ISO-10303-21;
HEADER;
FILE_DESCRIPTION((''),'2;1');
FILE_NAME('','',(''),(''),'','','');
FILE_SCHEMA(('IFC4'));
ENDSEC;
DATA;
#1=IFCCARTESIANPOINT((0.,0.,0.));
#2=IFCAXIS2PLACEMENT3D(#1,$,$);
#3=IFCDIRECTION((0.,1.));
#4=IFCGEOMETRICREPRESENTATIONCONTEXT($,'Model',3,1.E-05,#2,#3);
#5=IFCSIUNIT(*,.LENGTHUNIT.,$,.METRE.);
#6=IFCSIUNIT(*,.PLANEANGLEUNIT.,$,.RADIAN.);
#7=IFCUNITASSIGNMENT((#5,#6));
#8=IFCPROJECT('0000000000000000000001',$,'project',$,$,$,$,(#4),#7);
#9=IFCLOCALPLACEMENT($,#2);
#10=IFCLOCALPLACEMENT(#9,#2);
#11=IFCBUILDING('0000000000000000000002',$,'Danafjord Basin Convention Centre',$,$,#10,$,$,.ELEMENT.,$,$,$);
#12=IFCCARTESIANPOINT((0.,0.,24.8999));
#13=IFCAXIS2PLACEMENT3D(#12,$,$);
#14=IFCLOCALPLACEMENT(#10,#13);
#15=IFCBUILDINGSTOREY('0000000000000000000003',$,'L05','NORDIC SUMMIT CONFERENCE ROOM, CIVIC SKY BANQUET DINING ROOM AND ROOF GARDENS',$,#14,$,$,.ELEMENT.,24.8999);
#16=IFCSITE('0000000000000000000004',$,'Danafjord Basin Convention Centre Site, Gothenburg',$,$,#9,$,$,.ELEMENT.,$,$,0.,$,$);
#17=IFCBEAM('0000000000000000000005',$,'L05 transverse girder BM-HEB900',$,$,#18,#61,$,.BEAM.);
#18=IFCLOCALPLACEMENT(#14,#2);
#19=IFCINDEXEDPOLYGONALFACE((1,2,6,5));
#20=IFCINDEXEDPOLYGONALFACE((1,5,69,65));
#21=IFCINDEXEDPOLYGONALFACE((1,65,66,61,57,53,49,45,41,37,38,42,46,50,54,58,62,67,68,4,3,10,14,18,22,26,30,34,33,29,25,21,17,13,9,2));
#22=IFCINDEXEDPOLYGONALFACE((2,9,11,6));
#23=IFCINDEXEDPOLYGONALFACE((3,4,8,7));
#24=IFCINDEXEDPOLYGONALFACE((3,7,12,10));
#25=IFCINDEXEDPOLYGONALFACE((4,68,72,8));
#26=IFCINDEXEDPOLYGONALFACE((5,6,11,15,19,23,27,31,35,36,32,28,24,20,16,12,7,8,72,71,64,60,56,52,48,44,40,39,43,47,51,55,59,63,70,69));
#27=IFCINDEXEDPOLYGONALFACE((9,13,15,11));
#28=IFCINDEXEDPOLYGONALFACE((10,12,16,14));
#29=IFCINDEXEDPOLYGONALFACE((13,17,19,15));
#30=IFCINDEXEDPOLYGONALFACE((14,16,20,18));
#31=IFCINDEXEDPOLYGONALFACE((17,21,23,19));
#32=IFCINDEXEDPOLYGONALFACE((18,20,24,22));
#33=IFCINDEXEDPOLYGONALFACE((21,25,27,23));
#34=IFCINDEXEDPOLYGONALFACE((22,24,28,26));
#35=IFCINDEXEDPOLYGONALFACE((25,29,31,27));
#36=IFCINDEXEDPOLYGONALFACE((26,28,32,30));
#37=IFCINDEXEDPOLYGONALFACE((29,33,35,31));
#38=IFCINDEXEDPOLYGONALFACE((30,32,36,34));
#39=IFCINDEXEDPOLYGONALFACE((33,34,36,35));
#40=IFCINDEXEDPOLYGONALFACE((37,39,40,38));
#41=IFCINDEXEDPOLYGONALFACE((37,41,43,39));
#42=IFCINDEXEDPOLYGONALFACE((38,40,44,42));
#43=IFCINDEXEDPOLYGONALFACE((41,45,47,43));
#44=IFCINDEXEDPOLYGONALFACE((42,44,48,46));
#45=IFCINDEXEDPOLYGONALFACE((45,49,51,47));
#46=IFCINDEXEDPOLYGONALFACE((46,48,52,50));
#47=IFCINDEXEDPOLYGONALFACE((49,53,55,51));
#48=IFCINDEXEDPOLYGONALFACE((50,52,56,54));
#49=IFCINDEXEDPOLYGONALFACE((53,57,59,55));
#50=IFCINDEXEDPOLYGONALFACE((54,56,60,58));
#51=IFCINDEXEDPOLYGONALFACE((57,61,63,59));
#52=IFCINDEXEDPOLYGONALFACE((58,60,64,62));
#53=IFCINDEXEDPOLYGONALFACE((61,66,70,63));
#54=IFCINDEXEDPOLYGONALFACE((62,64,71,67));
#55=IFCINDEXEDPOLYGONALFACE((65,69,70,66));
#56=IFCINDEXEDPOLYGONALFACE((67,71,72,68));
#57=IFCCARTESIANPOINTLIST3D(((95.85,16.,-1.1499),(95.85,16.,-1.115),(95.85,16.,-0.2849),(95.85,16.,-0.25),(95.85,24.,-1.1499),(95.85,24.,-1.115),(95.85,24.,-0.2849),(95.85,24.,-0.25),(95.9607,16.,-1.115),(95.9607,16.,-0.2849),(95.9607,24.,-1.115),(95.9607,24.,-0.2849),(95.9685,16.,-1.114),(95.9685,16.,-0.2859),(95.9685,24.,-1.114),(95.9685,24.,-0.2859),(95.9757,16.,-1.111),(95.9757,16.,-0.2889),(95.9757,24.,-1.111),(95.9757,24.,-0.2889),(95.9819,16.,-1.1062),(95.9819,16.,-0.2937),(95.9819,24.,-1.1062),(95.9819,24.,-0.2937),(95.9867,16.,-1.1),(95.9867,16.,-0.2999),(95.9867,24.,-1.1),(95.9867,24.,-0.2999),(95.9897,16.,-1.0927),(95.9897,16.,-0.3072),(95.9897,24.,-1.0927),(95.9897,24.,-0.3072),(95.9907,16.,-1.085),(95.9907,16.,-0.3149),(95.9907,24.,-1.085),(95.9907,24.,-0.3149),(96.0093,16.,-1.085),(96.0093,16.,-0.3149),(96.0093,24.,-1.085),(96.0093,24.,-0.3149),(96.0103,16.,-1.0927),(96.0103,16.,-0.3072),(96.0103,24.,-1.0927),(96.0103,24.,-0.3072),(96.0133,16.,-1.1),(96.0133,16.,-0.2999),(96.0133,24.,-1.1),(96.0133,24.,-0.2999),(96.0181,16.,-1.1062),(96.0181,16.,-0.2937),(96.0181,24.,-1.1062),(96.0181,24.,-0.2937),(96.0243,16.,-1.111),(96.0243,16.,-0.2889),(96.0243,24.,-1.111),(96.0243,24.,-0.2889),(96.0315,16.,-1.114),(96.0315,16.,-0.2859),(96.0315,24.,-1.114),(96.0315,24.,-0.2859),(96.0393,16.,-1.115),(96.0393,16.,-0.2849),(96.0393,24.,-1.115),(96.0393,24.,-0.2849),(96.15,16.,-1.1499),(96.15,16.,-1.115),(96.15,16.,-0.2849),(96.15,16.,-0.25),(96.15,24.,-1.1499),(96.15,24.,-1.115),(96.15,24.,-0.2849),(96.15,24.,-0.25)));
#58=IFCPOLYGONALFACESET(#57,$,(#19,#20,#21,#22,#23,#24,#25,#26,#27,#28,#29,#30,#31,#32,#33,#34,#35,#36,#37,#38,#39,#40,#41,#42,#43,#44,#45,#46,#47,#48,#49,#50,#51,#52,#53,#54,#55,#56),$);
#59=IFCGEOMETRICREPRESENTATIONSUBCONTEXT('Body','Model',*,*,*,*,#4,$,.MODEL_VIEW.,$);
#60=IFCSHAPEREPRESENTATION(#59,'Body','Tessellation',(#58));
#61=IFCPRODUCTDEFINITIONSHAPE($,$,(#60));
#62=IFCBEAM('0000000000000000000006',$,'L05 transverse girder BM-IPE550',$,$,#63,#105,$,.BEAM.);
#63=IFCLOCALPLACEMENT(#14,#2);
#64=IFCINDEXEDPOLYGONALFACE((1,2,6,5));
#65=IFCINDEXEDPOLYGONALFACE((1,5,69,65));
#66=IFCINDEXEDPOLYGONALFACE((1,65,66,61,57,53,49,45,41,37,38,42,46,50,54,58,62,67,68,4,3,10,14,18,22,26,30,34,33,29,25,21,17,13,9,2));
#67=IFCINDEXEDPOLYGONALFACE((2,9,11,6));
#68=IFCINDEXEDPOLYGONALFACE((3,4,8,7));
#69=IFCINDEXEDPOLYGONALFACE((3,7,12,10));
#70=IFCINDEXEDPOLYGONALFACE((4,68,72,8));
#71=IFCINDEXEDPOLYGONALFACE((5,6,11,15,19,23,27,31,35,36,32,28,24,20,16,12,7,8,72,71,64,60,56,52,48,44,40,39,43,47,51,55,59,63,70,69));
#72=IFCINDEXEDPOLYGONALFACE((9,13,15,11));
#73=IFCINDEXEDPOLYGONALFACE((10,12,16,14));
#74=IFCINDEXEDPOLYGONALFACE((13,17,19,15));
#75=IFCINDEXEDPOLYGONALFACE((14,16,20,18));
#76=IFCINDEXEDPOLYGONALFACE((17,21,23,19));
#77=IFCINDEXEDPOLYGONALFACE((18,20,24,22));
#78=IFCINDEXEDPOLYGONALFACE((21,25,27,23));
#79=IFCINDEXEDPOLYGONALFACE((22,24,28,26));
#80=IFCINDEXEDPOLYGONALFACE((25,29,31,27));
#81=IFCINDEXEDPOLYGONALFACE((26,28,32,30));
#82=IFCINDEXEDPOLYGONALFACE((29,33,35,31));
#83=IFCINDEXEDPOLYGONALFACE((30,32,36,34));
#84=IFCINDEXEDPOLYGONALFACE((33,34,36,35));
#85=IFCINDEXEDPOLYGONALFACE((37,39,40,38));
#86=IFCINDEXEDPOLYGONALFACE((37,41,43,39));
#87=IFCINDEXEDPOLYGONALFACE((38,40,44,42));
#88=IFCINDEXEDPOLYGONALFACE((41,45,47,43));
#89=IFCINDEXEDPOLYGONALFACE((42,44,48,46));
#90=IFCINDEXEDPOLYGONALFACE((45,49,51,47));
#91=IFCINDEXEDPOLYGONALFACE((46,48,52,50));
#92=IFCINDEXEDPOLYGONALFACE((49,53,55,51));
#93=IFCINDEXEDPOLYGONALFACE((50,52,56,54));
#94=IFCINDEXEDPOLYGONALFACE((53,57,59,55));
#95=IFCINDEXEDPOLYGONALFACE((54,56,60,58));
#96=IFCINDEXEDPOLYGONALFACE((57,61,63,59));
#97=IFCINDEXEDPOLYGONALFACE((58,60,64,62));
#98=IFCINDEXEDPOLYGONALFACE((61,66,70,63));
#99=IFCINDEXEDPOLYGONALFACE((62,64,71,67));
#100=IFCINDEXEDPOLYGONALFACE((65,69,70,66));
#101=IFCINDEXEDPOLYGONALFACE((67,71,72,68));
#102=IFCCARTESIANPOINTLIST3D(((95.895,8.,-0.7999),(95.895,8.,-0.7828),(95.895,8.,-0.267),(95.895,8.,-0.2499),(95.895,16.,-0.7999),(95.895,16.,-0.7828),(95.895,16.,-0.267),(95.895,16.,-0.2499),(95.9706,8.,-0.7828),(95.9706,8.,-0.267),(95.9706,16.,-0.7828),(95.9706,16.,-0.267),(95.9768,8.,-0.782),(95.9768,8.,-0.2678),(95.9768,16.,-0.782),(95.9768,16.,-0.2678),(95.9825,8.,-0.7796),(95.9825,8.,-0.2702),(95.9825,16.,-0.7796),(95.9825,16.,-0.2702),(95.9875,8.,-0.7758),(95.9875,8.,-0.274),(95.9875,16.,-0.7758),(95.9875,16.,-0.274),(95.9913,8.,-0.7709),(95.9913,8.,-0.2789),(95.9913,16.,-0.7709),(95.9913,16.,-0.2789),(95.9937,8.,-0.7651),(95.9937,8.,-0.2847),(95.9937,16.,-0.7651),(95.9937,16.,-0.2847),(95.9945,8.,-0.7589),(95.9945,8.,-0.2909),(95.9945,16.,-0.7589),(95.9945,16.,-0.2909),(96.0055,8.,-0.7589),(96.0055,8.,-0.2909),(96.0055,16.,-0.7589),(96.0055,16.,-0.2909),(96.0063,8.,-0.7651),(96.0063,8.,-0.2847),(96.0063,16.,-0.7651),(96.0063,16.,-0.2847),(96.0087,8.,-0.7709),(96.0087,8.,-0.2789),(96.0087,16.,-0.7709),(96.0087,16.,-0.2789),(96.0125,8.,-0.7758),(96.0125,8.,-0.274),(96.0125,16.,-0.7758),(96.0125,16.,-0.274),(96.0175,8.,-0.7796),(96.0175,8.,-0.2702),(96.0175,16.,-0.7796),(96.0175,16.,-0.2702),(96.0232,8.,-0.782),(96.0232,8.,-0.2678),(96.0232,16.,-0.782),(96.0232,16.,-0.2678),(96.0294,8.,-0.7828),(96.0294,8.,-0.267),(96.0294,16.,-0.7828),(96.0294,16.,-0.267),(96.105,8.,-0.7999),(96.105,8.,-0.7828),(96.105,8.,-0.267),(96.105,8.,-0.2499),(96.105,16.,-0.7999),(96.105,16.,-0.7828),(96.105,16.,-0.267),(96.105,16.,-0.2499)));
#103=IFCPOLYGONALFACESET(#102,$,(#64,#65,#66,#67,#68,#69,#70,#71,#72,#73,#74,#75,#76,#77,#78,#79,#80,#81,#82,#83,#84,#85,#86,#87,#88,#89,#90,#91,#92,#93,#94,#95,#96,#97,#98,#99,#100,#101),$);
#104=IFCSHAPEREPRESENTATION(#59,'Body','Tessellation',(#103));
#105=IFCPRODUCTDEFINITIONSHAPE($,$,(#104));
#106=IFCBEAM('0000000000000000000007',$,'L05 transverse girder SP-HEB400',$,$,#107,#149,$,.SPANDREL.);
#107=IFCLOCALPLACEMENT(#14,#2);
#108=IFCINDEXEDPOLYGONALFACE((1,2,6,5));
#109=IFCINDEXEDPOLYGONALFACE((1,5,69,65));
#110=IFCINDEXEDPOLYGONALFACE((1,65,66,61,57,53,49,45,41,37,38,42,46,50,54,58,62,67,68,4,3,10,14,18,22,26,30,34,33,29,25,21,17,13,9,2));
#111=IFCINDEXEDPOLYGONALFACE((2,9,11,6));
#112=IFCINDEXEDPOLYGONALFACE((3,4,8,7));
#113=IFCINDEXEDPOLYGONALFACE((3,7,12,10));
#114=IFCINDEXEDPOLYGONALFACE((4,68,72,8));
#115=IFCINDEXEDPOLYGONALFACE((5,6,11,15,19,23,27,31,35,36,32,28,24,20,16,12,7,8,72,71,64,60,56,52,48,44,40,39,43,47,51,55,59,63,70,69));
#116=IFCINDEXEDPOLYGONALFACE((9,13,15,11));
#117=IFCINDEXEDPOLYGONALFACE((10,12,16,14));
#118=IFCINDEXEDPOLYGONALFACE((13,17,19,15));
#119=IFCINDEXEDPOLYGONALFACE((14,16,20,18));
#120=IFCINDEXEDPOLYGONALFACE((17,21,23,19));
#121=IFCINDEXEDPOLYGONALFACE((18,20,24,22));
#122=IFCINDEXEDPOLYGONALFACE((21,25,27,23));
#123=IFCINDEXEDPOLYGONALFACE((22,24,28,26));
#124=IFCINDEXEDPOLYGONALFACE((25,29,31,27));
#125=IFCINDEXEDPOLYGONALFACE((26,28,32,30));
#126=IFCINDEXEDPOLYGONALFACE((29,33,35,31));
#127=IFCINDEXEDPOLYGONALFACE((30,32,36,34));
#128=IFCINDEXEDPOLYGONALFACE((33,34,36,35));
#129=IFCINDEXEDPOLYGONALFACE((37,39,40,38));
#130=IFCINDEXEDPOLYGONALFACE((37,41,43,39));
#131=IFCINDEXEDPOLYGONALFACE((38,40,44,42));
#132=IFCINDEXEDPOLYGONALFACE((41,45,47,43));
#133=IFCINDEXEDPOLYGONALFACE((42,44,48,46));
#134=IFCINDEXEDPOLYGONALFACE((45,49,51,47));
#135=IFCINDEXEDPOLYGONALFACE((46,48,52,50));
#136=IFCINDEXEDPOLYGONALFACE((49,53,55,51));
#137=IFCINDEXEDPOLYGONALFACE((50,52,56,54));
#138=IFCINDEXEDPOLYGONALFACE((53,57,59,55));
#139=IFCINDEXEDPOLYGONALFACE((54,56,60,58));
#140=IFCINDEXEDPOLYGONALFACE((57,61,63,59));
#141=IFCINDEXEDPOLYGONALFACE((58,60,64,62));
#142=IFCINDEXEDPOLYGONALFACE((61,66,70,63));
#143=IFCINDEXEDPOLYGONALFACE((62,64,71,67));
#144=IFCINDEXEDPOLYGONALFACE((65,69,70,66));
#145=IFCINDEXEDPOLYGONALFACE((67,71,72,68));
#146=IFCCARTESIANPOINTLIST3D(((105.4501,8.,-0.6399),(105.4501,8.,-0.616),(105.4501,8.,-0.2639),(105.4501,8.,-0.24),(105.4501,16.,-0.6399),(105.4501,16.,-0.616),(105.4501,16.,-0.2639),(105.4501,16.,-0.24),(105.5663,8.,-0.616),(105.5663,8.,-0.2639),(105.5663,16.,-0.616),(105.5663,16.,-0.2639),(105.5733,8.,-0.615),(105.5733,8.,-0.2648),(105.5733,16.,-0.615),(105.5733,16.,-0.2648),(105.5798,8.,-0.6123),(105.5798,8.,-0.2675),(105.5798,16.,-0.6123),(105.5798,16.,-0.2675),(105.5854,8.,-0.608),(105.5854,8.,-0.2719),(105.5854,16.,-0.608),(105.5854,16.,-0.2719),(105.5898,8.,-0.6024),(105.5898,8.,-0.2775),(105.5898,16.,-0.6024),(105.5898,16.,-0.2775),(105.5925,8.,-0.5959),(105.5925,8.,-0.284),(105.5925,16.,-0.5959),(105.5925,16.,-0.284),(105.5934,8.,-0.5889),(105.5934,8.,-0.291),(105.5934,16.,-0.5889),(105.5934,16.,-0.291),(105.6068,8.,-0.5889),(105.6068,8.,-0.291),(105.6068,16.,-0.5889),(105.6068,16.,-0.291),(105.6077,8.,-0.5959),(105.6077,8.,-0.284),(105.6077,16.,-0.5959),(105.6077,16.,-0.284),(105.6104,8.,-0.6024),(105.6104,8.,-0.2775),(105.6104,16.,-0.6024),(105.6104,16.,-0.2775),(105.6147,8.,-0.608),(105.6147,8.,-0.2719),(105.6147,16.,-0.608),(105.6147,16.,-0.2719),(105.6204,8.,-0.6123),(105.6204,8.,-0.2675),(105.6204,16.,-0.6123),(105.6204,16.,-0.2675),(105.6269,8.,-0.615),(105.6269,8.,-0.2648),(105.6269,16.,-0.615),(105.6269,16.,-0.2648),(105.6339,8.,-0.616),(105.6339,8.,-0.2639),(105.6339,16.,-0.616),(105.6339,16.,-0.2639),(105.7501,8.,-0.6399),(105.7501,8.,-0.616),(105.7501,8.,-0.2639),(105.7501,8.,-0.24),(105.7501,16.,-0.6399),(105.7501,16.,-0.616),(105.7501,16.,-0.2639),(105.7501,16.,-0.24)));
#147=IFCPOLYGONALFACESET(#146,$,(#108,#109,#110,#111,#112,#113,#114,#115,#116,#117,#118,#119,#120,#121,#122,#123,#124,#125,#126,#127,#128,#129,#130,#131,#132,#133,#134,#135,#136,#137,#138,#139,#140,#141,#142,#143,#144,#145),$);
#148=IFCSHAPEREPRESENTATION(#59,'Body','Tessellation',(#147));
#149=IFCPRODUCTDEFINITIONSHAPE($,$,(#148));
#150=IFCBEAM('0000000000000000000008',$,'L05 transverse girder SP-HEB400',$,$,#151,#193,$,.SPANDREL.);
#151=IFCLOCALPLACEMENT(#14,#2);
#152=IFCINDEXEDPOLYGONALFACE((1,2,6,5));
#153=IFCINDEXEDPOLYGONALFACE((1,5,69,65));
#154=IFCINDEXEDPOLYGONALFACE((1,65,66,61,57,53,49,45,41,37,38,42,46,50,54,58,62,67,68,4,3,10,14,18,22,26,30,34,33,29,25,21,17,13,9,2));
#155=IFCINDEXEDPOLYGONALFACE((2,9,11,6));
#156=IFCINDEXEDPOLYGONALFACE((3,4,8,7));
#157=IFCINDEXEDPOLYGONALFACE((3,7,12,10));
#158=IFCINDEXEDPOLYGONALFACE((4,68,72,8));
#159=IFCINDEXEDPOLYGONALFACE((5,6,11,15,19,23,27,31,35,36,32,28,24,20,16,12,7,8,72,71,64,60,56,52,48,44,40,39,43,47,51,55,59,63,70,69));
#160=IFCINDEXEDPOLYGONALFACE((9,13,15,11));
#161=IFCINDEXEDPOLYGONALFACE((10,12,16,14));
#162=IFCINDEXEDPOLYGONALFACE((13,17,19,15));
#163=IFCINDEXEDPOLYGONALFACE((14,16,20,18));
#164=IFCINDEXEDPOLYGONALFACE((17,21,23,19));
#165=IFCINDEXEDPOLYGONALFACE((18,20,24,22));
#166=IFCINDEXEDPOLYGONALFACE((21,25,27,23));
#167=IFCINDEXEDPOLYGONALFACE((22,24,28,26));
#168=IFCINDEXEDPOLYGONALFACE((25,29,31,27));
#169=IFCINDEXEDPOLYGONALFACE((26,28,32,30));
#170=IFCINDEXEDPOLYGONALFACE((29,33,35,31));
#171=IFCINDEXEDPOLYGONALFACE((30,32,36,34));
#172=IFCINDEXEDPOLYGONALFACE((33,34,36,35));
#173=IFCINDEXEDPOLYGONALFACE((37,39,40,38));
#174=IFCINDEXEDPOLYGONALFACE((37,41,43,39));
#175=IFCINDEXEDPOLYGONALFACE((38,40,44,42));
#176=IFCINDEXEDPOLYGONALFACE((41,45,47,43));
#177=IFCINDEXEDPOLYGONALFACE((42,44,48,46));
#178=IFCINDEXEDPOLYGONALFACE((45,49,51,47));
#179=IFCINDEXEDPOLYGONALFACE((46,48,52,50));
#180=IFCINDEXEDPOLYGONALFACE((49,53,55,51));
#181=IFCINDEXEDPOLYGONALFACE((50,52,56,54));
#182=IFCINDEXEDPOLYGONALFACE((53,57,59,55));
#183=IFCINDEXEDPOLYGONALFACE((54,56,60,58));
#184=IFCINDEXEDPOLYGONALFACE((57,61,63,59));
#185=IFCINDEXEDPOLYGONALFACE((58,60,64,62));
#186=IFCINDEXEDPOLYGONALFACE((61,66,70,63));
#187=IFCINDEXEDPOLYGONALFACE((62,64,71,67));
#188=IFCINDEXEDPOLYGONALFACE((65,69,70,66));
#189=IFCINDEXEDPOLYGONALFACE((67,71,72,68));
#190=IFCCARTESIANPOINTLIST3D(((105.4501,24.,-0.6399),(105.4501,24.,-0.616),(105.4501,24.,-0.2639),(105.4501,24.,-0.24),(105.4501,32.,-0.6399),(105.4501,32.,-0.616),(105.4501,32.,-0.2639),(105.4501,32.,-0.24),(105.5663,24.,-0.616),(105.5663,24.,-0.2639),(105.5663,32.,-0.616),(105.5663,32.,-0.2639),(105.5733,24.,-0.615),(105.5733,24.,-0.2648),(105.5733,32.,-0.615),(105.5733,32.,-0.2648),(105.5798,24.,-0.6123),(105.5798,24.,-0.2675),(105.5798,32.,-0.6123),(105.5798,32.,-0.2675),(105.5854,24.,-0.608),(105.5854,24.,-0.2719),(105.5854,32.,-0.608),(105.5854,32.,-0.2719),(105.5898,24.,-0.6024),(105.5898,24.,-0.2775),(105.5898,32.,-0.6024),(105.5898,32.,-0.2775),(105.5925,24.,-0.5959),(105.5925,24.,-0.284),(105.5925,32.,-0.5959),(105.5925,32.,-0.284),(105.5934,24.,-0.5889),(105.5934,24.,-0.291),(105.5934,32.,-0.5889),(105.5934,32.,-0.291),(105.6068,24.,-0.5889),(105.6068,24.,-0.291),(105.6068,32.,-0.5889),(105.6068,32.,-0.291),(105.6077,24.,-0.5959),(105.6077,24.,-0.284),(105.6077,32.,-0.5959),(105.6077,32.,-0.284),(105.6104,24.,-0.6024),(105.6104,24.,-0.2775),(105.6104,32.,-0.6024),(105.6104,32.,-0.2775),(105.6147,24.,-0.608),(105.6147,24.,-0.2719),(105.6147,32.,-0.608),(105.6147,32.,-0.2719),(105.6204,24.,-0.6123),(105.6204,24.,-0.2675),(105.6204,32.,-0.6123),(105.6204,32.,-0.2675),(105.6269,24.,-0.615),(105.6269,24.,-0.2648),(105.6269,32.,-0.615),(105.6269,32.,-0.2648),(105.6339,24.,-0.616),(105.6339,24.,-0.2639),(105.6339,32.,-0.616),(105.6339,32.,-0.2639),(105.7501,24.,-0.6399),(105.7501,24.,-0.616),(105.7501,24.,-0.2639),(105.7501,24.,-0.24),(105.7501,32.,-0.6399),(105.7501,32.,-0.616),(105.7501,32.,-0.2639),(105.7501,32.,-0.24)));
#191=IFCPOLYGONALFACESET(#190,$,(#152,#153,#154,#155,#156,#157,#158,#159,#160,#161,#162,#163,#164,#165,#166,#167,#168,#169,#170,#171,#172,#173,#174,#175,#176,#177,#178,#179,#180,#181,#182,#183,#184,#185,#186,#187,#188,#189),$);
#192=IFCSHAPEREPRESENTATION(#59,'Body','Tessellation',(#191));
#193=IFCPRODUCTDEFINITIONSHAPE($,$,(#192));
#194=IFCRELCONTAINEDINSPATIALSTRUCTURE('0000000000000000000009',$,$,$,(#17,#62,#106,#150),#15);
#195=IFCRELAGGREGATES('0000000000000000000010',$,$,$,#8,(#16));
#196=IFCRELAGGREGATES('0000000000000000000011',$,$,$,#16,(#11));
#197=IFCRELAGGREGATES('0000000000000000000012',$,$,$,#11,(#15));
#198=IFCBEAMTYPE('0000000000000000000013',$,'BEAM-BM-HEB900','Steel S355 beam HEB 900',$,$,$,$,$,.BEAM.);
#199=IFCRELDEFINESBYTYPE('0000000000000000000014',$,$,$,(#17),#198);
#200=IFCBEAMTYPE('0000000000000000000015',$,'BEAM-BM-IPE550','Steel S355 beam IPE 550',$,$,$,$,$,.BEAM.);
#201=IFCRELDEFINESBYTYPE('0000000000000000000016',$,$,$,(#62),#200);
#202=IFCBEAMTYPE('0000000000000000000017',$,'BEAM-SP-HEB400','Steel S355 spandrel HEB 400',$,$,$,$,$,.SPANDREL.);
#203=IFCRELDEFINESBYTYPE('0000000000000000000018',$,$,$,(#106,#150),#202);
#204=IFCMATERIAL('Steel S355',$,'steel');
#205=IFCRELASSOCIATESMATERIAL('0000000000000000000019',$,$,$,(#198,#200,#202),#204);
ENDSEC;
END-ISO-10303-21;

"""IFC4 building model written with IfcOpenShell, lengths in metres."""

from ifc_helpers import new_model, si_unit, direction, frame, origin, origin_2d, place, context, subcontext, project, spatial, i_section, extrude, material, material_profile, profile_set, type_object, element, save


model = new_model("IFC4")

# Units and contexts
model_context = context("Model", 3, precision=1e-05, world=origin(), true_north=direction((0.0, 1.0)))
body_context = subcontext(model_context, "Body", "Model", "MODEL_VIEW")
ifc_project = project(units=[si_unit("LENGTHUNIT", "METRE"), si_unit("PLANEANGLEUNIT", "RADIAN")], contexts=[model_context])

# Site, building, storey
site_placement = place(None, origin())
site = spatial("IfcSite", under=ifc_project, at=site_placement, Name="Danafjord Basin Convention Centre Site, Gothenburg", CompositionType="ELEMENT", RefElevation=0.0)
building_placement = place(site_placement, origin())
building = spatial("IfcBuilding", under=site, at=building_placement, Name="Danafjord Basin Convention Centre", CompositionType="ELEMENT")
storey_placement = place(building_placement, frame((0.0, 0.0, 24.8999)))
storey = spatial("IfcBuildingStorey", under=building, at=storey_placement, Name="L05", Description="NORDIC SUMMIT CONFERENCE ROOM, CIVIC SKY BANQUET DINING ROOM AND ROOF GARDENS", CompositionType="ELEMENT", Elevation=24.8999)

# Shared definitions
ifc_material_1 = material(Name="Steel S355", Category="steel")

# Beams
ifc_material_profile_1 = material_profile(ifc_material_1, i_section(OverallWidth=0.3, OverallDepth=0.8999, WebThickness=0.0186, FlangeThickness=0.0349, FilletRadius=0.03, at=origin_2d()), Name="HEB 900")
ifc_profile_set_1 = profile_set([ifc_material_profile_1], Name="Steel S355")
beam_type_1 = type_object("IfcBeamType", Name="BEAM-BM-HEB900", Description="Steel S355 beam HEB 900", PredefinedType="BEAM", material=ifc_profile_set_1)
beam_1_placement = place(storey_placement, frame((96.0, 16.0, -0.7), z_axis=(0.0, 1.0, 0.0), x_axis=(-1.0, 0.0, 0.0)))
element("IfcBeam", 1, at=beam_1_placement, inside=storey, type_object=beam_type_1, Name="L05 transverse girder BM-HEB900", PredefinedType="BEAM", context=body_context, shape_type="SweptSolid", body=[
    extrude(i_section(OverallWidth=0.3, OverallDepth=0.8999, WebThickness=0.0186, FlangeThickness=0.0349, FilletRadius=0.03, at=origin_2d()), origin(), (0.0, 0.0, 1.0), 8.0),
])
ifc_material_profile_2 = material_profile(ifc_material_1, i_section(OverallWidth=0.21, OverallDepth=0.55, WebThickness=0.011, FlangeThickness=0.0171, FilletRadius=0.0239, at=origin_2d()), Name="IPE 550")
ifc_profile_set_2 = profile_set([ifc_material_profile_2], Name="Steel S355")
beam_type_2 = type_object("IfcBeamType", Name="BEAM-BM-IPE550", Description="Steel S355 beam IPE 550", PredefinedType="BEAM", material=ifc_profile_set_2)
beam_2_placement = place(storey_placement, frame((96.0, 8.0, -0.5249), z_axis=(0.0, 1.0, 0.0), x_axis=(-1.0, 0.0, 0.0)))
element("IfcBeam", 2, at=beam_2_placement, inside=storey, type_object=beam_type_2, Name="L05 transverse girder BM-IPE550", PredefinedType="BEAM", context=body_context, shape_type="SweptSolid", body=[
    extrude(i_section(OverallWidth=0.21, OverallDepth=0.55, WebThickness=0.011, FlangeThickness=0.0171, FilletRadius=0.0239, at=origin_2d()), origin(), (0.0, 0.0, 1.0), 8.0),
])
ifc_material_profile_3 = material_profile(ifc_material_1, i_section(OverallWidth=0.3, OverallDepth=0.3999, WebThickness=0.0134, FlangeThickness=0.0239, FilletRadius=0.0271, at=origin_2d()), Name="HEB 400")
ifc_profile_set_3 = profile_set([ifc_material_profile_3], Name="Steel S355")
beam_type_3 = type_object("IfcBeamType", Name="BEAM-SP-HEB400", Description="Steel S355 spandrel HEB 400", PredefinedType="SPANDREL", material=ifc_profile_set_3)
for number, where, z_axis, x_axis, name in (
    (3, (105.6001, 8.0, -0.4399), (0.0, 1.0, 0.0), (-1.0, 0.0, 0.0), "L05 transverse girder SP-HEB400"),
    (4, (105.6001, 24.0, -0.4399), (0.0, 1.0, 0.0), (-1.0, 0.0, 0.0), "L05 transverse girder SP-HEB400"),
):
    element("IfcBeam", number, at=place(storey_placement, frame(where, z_axis=z_axis, x_axis=x_axis)), inside=storey, type_object=beam_type_3, Name=name, PredefinedType="SPANDREL", context=body_context, shape_type="SweptSolid", body=[
        extrude(i_section(OverallWidth=0.3, OverallDepth=0.3999, WebThickness=0.0134, FlangeThickness=0.0239, FilletRadius=0.0271, at=origin_2d()), origin(), (0.0, 0.0, 1.0), 8.0),
    ])

save(model, "model.ifc")
